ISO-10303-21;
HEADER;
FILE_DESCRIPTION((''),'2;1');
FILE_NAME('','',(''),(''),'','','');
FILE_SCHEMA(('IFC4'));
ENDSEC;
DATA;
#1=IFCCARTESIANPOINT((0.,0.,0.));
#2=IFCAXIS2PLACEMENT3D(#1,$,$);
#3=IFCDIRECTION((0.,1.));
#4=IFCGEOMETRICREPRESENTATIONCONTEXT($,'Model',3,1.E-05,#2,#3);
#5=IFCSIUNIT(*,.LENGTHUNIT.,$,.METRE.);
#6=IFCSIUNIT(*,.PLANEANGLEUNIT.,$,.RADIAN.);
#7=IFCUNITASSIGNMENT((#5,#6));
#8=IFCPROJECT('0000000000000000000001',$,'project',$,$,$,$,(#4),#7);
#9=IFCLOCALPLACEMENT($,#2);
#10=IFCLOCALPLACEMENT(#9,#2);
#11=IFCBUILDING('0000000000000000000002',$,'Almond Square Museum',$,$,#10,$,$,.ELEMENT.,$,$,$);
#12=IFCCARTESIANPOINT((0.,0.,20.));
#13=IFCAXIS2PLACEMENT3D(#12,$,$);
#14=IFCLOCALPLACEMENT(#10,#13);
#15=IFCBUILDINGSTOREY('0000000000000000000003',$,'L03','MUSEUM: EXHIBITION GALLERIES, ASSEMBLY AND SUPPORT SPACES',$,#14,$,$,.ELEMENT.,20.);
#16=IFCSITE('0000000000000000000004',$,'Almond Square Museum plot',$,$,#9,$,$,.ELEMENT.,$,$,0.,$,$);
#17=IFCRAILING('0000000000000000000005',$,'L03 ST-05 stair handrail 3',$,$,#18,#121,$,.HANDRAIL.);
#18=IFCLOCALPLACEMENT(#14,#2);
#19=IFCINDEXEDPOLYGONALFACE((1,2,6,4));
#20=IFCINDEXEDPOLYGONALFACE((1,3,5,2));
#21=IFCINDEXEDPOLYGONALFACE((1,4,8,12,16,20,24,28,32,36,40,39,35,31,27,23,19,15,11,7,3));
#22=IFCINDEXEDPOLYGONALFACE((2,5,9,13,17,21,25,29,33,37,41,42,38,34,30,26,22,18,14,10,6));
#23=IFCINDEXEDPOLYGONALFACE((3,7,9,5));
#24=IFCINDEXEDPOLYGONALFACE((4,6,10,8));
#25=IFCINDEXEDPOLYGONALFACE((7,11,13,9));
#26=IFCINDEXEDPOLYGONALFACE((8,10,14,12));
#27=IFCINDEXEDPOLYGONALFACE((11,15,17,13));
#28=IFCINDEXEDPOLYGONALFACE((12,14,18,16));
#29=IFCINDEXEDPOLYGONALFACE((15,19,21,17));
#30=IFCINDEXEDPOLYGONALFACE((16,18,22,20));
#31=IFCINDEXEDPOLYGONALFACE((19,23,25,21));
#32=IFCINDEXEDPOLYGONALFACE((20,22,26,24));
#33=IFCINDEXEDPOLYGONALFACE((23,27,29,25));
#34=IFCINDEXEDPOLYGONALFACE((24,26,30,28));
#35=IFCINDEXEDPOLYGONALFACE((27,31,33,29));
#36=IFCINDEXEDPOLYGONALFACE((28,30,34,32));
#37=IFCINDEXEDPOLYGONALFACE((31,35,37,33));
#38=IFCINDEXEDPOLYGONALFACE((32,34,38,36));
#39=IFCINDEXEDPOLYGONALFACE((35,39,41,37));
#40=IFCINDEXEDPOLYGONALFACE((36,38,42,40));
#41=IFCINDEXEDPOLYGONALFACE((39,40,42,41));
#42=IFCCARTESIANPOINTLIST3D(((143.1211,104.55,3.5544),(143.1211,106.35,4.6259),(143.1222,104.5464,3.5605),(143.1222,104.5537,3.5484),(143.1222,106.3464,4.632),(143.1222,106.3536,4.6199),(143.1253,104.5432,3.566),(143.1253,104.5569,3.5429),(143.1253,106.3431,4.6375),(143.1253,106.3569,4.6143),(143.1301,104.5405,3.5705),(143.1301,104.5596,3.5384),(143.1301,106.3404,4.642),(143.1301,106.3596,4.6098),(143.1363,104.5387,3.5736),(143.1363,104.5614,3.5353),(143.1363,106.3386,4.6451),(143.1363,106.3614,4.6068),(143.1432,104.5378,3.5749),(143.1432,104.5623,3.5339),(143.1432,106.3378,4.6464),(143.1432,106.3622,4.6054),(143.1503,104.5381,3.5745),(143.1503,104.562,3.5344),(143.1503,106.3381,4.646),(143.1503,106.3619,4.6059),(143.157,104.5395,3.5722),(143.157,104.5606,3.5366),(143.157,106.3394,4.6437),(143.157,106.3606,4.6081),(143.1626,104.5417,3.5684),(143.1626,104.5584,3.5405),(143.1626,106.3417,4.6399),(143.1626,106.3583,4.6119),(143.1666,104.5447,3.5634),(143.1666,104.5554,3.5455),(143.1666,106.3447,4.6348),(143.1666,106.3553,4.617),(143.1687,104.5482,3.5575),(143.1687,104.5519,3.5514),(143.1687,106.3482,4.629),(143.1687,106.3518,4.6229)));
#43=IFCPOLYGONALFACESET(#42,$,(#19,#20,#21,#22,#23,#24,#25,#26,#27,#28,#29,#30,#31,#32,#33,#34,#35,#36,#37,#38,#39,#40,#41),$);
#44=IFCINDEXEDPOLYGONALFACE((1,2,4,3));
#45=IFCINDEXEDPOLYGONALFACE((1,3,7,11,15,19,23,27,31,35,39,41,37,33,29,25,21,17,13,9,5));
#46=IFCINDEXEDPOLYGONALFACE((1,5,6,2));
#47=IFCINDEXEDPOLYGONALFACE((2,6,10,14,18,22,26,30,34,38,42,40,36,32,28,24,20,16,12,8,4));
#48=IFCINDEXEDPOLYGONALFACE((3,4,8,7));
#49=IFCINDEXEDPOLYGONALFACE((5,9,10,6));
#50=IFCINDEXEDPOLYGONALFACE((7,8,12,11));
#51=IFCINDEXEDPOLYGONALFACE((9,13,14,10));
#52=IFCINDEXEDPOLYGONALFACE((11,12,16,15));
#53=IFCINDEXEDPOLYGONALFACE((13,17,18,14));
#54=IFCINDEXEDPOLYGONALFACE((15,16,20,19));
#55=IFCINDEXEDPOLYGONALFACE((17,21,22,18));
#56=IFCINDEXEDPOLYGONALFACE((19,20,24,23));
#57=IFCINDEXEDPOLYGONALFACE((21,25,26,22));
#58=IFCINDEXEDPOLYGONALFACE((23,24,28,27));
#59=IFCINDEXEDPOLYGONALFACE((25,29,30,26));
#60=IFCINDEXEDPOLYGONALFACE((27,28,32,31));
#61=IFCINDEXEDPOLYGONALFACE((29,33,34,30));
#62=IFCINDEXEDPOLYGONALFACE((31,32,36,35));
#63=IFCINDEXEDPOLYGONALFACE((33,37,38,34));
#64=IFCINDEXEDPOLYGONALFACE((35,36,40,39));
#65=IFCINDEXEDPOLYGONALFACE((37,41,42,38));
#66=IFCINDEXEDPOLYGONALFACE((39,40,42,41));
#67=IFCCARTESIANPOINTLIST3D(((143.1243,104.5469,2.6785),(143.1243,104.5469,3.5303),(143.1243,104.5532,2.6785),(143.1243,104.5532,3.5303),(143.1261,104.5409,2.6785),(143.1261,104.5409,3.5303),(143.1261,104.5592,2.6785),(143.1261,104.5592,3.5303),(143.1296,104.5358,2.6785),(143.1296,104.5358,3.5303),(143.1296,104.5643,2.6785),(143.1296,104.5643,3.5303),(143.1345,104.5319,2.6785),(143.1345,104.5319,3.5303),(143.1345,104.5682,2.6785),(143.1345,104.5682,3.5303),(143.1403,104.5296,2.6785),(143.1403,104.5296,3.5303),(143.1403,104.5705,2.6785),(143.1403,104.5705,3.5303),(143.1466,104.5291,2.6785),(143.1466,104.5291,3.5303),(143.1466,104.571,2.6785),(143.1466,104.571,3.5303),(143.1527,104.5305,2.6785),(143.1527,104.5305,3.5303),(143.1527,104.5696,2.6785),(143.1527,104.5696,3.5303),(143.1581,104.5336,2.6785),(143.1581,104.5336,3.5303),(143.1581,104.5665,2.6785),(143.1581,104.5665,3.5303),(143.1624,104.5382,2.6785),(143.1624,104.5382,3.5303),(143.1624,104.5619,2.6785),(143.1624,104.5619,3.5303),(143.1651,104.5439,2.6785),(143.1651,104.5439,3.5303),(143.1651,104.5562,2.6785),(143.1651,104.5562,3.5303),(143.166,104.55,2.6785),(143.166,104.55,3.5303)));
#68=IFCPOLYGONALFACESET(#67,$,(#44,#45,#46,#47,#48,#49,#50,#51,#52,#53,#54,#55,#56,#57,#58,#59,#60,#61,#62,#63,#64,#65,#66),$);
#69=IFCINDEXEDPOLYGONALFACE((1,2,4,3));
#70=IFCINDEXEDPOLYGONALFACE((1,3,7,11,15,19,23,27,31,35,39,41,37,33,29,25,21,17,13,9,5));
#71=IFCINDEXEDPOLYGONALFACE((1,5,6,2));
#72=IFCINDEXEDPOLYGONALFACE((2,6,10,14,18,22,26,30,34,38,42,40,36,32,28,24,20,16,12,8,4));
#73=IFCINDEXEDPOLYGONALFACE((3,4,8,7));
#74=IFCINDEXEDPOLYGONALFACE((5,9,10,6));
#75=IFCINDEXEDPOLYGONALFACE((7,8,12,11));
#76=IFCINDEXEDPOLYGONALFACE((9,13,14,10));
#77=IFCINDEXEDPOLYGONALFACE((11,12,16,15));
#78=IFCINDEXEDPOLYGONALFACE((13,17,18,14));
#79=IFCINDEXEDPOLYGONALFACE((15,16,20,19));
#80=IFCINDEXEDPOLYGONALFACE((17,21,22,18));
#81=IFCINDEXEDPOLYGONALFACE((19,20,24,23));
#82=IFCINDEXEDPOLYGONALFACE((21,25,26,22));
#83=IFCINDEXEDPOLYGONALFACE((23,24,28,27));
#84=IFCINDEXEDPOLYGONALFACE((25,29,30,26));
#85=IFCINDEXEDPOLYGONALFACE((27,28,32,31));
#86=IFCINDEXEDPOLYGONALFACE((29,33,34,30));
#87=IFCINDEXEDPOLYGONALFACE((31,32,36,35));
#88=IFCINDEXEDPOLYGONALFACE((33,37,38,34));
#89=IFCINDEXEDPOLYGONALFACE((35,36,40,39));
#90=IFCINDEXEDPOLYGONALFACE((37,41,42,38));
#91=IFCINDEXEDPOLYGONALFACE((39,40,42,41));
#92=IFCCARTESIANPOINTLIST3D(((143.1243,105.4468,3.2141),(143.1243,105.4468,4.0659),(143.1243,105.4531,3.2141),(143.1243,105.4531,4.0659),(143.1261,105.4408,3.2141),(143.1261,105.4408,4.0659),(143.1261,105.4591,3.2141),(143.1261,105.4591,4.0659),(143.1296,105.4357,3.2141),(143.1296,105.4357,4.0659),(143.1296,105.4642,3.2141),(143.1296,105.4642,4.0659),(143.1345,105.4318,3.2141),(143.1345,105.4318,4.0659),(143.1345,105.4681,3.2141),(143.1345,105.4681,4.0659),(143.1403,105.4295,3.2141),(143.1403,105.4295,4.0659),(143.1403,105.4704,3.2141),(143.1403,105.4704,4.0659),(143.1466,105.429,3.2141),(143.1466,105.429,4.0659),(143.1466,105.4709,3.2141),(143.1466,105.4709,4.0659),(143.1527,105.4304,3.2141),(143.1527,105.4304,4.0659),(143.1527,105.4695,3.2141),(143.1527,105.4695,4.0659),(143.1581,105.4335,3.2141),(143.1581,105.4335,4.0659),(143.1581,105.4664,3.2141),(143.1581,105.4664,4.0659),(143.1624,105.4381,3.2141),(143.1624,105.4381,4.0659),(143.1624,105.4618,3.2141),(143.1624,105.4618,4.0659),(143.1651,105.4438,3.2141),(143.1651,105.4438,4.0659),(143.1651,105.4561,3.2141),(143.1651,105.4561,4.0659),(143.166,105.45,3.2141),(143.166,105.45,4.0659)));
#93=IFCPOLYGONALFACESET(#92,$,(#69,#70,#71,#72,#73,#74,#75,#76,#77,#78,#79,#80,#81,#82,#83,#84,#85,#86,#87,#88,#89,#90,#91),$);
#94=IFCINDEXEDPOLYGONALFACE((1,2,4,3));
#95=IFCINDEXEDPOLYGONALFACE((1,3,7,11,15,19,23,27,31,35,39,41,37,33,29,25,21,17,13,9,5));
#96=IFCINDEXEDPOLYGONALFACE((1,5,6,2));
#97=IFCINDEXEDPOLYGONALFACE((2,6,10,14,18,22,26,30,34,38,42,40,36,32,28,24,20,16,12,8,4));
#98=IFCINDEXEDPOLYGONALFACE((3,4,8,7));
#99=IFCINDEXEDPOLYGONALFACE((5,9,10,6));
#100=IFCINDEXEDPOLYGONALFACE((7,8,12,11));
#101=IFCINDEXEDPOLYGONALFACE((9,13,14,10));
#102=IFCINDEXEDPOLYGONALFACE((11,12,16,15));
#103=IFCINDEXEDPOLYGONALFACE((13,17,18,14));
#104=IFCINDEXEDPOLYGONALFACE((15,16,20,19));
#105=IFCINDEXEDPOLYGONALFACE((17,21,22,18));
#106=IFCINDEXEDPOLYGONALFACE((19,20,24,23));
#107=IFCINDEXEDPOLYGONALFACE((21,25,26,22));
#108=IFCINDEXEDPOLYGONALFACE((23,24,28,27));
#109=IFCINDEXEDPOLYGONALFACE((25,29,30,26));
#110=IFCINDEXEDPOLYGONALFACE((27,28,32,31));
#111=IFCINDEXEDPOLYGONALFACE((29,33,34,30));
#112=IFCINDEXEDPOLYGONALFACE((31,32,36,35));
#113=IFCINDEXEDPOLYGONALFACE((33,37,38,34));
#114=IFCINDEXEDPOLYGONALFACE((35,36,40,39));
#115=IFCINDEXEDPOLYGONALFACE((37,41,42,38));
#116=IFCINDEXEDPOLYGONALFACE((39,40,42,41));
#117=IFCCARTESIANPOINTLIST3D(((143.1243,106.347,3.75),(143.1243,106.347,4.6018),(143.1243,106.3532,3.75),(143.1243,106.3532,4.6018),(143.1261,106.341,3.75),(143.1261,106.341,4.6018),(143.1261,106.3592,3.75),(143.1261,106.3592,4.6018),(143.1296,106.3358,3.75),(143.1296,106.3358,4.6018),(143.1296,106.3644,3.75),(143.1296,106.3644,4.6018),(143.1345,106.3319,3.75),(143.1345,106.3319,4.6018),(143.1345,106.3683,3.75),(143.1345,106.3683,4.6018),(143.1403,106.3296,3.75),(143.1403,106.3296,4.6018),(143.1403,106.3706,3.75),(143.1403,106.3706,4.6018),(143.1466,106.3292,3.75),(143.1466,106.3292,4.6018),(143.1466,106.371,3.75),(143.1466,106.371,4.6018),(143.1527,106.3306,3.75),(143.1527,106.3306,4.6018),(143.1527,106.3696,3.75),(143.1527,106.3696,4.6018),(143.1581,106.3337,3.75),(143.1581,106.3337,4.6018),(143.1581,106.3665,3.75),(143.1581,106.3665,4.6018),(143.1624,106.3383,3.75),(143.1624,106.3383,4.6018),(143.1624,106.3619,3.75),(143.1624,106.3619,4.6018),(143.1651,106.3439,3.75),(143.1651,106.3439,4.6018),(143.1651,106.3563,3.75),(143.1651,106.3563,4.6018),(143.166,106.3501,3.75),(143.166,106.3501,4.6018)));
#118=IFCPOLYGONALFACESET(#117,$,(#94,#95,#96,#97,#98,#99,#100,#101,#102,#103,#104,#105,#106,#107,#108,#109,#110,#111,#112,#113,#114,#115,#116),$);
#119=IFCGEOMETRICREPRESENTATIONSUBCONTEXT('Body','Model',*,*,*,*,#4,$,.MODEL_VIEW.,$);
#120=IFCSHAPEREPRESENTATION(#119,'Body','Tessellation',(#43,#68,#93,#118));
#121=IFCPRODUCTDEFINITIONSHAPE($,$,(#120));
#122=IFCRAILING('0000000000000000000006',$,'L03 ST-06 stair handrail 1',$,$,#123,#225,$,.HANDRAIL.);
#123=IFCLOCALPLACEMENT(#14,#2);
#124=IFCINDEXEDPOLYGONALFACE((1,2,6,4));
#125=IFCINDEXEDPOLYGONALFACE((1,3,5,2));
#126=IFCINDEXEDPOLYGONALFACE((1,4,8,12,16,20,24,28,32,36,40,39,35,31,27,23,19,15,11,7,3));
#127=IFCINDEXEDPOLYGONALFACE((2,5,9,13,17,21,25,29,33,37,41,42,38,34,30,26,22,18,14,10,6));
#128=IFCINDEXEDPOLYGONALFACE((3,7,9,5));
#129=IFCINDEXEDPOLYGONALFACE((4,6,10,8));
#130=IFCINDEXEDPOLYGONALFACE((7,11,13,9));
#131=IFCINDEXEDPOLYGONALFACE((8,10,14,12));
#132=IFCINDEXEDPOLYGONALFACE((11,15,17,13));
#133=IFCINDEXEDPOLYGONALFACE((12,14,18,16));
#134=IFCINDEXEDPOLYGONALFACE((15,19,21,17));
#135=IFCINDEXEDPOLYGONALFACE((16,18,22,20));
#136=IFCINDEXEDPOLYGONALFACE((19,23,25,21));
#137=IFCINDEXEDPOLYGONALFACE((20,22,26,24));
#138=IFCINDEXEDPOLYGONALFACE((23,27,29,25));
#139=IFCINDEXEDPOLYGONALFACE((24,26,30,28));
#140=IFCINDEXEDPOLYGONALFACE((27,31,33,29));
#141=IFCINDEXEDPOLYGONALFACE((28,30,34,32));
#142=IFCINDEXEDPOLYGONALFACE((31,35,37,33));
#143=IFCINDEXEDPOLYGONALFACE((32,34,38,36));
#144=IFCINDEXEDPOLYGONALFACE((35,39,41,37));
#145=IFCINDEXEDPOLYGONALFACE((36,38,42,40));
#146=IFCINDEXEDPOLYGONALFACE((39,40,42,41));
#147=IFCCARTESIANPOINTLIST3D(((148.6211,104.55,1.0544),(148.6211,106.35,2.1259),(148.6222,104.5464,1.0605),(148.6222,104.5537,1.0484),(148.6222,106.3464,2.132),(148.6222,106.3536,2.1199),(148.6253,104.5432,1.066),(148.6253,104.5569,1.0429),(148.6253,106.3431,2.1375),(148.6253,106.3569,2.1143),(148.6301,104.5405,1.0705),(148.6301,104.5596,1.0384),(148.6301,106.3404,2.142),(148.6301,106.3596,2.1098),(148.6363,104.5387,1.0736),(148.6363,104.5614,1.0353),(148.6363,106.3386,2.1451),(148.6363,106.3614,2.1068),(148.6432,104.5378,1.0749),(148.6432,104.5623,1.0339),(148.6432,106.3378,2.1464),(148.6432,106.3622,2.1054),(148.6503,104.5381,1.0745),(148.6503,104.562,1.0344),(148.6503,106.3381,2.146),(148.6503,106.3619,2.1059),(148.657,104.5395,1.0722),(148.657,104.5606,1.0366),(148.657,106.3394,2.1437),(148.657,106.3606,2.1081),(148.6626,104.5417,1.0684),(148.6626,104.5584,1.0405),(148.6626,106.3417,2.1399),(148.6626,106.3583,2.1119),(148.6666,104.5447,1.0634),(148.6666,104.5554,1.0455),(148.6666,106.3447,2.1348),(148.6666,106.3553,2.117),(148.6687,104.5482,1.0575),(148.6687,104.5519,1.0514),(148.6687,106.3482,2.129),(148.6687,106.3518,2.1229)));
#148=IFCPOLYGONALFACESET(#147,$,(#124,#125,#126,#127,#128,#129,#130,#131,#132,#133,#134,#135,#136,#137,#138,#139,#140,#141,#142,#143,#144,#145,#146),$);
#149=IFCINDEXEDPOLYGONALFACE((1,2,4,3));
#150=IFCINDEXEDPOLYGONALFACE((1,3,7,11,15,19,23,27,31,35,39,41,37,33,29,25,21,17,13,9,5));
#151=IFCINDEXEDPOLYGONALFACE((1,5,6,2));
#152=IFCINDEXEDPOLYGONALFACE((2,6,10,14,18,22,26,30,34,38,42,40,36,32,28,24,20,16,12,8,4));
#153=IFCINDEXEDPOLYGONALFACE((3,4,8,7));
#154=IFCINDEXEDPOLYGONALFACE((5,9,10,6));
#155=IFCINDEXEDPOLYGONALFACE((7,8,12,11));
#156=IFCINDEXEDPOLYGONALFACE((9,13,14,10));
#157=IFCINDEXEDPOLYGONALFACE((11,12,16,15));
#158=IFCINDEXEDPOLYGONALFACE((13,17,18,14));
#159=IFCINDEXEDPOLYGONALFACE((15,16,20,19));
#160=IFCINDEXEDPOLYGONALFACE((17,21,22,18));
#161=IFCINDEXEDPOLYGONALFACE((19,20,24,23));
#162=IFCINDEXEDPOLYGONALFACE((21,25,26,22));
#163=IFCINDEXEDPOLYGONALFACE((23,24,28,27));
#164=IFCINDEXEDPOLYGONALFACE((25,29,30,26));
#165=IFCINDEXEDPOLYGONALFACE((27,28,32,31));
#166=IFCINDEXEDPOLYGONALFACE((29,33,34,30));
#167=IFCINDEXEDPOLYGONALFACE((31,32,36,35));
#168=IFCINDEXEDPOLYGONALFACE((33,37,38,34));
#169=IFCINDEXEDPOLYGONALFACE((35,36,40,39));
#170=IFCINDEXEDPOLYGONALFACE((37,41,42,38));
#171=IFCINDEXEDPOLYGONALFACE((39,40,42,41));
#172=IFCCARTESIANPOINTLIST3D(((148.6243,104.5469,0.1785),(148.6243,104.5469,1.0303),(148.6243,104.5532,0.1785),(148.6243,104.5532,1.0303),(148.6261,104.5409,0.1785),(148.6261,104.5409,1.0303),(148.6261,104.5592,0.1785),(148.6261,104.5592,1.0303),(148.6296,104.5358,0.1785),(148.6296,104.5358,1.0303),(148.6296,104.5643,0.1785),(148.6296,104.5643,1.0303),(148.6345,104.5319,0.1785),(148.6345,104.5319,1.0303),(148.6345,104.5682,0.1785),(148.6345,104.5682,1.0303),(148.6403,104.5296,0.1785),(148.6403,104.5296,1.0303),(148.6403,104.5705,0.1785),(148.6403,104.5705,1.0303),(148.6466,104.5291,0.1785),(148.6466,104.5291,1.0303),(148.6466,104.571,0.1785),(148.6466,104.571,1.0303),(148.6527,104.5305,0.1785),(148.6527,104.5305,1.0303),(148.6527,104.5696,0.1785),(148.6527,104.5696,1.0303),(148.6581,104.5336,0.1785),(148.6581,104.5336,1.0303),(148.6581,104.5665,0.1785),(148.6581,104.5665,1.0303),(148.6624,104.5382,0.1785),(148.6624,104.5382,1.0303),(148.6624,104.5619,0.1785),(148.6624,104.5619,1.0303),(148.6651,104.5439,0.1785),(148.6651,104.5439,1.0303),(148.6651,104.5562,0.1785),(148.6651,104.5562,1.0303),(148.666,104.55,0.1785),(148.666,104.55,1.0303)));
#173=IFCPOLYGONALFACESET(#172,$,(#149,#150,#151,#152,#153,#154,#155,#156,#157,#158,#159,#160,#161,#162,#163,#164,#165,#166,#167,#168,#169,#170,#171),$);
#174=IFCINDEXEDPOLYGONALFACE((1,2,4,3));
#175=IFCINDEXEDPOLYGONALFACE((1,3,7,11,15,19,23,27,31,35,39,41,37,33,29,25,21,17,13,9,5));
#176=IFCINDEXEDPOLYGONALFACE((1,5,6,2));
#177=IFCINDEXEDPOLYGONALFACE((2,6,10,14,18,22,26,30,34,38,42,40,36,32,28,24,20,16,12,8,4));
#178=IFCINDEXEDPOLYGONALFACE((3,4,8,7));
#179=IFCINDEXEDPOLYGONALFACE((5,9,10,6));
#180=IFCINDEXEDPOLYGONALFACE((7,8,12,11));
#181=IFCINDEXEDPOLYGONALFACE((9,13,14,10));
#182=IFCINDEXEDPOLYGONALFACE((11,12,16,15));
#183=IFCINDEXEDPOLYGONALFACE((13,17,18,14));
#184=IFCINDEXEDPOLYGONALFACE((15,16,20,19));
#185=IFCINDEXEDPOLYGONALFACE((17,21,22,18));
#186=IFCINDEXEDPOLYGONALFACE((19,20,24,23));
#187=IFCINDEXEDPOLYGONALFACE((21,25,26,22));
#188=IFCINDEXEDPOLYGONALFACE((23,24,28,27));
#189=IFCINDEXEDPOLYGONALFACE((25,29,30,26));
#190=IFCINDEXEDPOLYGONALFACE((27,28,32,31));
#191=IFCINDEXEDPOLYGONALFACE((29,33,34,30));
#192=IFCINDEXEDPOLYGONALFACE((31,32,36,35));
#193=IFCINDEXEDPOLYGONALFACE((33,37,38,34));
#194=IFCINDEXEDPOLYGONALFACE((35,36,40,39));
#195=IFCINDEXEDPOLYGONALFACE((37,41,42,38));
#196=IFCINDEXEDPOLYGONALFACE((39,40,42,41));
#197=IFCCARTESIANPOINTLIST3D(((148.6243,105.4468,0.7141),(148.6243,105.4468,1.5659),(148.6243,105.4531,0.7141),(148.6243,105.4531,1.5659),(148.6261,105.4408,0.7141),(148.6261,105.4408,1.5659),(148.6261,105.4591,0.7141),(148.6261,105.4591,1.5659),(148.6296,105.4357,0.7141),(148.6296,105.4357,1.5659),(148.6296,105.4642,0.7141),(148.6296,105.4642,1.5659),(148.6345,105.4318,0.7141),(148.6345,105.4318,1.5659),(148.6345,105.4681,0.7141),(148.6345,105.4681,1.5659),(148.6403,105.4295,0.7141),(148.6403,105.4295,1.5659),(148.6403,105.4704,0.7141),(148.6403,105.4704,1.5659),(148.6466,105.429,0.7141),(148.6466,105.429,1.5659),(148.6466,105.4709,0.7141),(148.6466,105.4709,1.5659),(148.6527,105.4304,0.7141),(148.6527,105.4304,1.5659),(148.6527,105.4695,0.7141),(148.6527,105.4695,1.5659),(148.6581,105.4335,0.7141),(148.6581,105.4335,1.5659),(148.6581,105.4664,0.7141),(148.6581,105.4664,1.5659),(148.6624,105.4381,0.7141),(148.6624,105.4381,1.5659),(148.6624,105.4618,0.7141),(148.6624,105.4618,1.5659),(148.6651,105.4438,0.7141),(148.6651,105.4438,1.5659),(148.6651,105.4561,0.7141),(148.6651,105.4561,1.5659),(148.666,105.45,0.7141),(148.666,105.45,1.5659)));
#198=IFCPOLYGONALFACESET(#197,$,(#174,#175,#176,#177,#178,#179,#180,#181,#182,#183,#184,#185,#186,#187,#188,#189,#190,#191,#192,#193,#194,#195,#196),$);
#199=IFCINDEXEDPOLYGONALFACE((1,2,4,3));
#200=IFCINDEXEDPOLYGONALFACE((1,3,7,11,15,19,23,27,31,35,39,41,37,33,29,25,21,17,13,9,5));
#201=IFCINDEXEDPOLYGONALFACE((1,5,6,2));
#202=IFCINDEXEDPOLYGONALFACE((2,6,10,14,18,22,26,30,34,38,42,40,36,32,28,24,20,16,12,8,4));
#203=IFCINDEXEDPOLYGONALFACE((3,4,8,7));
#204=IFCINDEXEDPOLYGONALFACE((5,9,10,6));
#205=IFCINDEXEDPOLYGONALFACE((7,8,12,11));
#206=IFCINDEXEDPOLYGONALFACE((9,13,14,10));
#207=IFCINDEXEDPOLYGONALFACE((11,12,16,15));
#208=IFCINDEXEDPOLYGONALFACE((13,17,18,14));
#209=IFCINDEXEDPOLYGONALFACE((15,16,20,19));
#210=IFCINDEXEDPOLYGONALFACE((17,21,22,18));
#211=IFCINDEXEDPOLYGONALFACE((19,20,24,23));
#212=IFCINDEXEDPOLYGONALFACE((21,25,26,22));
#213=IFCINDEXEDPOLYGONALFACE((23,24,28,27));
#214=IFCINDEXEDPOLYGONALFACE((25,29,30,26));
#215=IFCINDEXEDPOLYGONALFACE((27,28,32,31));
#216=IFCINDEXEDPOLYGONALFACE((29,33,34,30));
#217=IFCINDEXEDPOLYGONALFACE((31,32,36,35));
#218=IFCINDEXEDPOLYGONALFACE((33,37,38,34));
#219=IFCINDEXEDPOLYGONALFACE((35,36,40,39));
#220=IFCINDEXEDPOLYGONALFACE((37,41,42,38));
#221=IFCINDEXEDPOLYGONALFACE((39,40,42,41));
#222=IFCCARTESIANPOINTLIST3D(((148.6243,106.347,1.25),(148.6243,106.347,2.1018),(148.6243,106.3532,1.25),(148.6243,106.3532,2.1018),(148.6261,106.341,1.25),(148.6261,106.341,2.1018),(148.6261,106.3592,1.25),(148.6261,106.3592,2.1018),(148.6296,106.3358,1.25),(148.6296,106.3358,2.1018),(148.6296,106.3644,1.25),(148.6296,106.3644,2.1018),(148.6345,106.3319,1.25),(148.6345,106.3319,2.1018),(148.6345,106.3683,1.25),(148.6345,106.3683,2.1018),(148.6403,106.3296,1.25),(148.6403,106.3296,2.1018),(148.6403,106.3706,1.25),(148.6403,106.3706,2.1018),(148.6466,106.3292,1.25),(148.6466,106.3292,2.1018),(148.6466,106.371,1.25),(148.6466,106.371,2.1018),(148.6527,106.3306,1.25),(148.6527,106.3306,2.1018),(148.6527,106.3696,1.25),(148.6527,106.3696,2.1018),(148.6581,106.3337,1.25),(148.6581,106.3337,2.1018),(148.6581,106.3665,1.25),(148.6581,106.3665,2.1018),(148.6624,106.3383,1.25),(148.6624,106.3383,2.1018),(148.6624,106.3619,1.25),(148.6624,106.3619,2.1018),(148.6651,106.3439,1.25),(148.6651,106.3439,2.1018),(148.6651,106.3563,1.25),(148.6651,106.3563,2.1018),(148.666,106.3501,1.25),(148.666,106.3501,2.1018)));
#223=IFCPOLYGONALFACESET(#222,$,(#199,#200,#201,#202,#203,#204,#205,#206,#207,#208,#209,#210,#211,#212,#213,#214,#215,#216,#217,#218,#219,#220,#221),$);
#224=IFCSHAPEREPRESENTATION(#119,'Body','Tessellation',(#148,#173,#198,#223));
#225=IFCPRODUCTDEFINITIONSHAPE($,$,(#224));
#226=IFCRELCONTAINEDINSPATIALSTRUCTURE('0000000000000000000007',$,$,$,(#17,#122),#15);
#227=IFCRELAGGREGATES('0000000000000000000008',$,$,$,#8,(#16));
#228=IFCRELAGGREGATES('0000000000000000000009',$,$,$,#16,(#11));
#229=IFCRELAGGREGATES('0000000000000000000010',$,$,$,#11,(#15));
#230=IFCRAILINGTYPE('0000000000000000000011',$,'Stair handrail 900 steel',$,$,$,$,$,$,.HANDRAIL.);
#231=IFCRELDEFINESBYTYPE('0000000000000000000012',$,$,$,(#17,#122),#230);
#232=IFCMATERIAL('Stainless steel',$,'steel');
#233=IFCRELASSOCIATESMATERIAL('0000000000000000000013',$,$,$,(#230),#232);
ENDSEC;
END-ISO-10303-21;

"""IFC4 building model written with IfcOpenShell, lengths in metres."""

from ifc_helpers import new_model, si_unit, direction, frame, origin, origin_2d, place, context, subcontext, project, spatial, circle, extrude, material, type_object, element, save


model = new_model("IFC4")

# Units and contexts
model_context = context("Model", 3, precision=1e-05, world=origin(), true_north=direction((0.0, 1.0)))
body_context = subcontext(model_context, "Body", "Model", "MODEL_VIEW")
ifc_project = project(units=[si_unit("LENGTHUNIT", "METRE"), si_unit("PLANEANGLEUNIT", "RADIAN")], contexts=[model_context])

# Site, building, storey
site_placement = place(None, origin())
site = spatial("IfcSite", under=ifc_project, at=site_placement, Name="Almond Square Museum plot", CompositionType="ELEMENT", RefElevation=0.0)
building_placement = place(site_placement, origin())
building = spatial("IfcBuilding", under=site, at=building_placement, Name="Almond Square Museum", CompositionType="ELEMENT")
storey_placement = place(building_placement, frame((0.0, 0.0, 20.0)))
storey = spatial("IfcBuildingStorey", under=building, at=storey_placement, Name="L03", Description="MUSEUM: EXHIBITION GALLERIES, ASSEMBLY AND SUPPORT SPACES", CompositionType="ELEMENT", Elevation=20.0)

# Railings
ifc_material_1 = material(Name="Stainless steel", Category="steel")
railing_type_1 = type_object("IfcRailingType", Name="Stair handrail 900 steel", PredefinedType="HANDRAIL", material=ifc_material_1)
for number, where, name in (
    (1, (143.145, 104.55, 2.6785), "L03 ST-05 stair handrail 3"),
    (2, (148.645, 104.55, 0.1785), "L03 ST-06 stair handrail 1"),
):
    element("IfcRailing", number, at=place(storey_placement, frame(where)), inside=storey, type_object=railing_type_1, Name=name, PredefinedType="HANDRAIL", context=body_context, shape_type="SweptSolid", body=[
        extrude(circle(Radius=0.0239, at=origin_2d()), frame((0.0, 0.0, 0.876), z_axis=(0.0, 0.859277, 0.51151), x_axis=(-1.0, 0.0, 0.0)), (0.0, 0.0, 1.0), 2.0947),
        extrude(circle(Radius=0.021, at=origin_2d()), origin(), (0.0, 0.0, 1.0), 0.8518),
        extrude(circle(Radius=0.021, at=origin_2d()), frame((0.0, 0.8999, 0.5356)), (0.0, 0.0, 1.0), 0.8518),
        extrude(circle(Radius=0.021, at=origin_2d()), frame((0.0, 1.8, 1.0715)), (0.0, 0.0, 1.0), 0.8518),
    ])

save(model, "model.ifc")
